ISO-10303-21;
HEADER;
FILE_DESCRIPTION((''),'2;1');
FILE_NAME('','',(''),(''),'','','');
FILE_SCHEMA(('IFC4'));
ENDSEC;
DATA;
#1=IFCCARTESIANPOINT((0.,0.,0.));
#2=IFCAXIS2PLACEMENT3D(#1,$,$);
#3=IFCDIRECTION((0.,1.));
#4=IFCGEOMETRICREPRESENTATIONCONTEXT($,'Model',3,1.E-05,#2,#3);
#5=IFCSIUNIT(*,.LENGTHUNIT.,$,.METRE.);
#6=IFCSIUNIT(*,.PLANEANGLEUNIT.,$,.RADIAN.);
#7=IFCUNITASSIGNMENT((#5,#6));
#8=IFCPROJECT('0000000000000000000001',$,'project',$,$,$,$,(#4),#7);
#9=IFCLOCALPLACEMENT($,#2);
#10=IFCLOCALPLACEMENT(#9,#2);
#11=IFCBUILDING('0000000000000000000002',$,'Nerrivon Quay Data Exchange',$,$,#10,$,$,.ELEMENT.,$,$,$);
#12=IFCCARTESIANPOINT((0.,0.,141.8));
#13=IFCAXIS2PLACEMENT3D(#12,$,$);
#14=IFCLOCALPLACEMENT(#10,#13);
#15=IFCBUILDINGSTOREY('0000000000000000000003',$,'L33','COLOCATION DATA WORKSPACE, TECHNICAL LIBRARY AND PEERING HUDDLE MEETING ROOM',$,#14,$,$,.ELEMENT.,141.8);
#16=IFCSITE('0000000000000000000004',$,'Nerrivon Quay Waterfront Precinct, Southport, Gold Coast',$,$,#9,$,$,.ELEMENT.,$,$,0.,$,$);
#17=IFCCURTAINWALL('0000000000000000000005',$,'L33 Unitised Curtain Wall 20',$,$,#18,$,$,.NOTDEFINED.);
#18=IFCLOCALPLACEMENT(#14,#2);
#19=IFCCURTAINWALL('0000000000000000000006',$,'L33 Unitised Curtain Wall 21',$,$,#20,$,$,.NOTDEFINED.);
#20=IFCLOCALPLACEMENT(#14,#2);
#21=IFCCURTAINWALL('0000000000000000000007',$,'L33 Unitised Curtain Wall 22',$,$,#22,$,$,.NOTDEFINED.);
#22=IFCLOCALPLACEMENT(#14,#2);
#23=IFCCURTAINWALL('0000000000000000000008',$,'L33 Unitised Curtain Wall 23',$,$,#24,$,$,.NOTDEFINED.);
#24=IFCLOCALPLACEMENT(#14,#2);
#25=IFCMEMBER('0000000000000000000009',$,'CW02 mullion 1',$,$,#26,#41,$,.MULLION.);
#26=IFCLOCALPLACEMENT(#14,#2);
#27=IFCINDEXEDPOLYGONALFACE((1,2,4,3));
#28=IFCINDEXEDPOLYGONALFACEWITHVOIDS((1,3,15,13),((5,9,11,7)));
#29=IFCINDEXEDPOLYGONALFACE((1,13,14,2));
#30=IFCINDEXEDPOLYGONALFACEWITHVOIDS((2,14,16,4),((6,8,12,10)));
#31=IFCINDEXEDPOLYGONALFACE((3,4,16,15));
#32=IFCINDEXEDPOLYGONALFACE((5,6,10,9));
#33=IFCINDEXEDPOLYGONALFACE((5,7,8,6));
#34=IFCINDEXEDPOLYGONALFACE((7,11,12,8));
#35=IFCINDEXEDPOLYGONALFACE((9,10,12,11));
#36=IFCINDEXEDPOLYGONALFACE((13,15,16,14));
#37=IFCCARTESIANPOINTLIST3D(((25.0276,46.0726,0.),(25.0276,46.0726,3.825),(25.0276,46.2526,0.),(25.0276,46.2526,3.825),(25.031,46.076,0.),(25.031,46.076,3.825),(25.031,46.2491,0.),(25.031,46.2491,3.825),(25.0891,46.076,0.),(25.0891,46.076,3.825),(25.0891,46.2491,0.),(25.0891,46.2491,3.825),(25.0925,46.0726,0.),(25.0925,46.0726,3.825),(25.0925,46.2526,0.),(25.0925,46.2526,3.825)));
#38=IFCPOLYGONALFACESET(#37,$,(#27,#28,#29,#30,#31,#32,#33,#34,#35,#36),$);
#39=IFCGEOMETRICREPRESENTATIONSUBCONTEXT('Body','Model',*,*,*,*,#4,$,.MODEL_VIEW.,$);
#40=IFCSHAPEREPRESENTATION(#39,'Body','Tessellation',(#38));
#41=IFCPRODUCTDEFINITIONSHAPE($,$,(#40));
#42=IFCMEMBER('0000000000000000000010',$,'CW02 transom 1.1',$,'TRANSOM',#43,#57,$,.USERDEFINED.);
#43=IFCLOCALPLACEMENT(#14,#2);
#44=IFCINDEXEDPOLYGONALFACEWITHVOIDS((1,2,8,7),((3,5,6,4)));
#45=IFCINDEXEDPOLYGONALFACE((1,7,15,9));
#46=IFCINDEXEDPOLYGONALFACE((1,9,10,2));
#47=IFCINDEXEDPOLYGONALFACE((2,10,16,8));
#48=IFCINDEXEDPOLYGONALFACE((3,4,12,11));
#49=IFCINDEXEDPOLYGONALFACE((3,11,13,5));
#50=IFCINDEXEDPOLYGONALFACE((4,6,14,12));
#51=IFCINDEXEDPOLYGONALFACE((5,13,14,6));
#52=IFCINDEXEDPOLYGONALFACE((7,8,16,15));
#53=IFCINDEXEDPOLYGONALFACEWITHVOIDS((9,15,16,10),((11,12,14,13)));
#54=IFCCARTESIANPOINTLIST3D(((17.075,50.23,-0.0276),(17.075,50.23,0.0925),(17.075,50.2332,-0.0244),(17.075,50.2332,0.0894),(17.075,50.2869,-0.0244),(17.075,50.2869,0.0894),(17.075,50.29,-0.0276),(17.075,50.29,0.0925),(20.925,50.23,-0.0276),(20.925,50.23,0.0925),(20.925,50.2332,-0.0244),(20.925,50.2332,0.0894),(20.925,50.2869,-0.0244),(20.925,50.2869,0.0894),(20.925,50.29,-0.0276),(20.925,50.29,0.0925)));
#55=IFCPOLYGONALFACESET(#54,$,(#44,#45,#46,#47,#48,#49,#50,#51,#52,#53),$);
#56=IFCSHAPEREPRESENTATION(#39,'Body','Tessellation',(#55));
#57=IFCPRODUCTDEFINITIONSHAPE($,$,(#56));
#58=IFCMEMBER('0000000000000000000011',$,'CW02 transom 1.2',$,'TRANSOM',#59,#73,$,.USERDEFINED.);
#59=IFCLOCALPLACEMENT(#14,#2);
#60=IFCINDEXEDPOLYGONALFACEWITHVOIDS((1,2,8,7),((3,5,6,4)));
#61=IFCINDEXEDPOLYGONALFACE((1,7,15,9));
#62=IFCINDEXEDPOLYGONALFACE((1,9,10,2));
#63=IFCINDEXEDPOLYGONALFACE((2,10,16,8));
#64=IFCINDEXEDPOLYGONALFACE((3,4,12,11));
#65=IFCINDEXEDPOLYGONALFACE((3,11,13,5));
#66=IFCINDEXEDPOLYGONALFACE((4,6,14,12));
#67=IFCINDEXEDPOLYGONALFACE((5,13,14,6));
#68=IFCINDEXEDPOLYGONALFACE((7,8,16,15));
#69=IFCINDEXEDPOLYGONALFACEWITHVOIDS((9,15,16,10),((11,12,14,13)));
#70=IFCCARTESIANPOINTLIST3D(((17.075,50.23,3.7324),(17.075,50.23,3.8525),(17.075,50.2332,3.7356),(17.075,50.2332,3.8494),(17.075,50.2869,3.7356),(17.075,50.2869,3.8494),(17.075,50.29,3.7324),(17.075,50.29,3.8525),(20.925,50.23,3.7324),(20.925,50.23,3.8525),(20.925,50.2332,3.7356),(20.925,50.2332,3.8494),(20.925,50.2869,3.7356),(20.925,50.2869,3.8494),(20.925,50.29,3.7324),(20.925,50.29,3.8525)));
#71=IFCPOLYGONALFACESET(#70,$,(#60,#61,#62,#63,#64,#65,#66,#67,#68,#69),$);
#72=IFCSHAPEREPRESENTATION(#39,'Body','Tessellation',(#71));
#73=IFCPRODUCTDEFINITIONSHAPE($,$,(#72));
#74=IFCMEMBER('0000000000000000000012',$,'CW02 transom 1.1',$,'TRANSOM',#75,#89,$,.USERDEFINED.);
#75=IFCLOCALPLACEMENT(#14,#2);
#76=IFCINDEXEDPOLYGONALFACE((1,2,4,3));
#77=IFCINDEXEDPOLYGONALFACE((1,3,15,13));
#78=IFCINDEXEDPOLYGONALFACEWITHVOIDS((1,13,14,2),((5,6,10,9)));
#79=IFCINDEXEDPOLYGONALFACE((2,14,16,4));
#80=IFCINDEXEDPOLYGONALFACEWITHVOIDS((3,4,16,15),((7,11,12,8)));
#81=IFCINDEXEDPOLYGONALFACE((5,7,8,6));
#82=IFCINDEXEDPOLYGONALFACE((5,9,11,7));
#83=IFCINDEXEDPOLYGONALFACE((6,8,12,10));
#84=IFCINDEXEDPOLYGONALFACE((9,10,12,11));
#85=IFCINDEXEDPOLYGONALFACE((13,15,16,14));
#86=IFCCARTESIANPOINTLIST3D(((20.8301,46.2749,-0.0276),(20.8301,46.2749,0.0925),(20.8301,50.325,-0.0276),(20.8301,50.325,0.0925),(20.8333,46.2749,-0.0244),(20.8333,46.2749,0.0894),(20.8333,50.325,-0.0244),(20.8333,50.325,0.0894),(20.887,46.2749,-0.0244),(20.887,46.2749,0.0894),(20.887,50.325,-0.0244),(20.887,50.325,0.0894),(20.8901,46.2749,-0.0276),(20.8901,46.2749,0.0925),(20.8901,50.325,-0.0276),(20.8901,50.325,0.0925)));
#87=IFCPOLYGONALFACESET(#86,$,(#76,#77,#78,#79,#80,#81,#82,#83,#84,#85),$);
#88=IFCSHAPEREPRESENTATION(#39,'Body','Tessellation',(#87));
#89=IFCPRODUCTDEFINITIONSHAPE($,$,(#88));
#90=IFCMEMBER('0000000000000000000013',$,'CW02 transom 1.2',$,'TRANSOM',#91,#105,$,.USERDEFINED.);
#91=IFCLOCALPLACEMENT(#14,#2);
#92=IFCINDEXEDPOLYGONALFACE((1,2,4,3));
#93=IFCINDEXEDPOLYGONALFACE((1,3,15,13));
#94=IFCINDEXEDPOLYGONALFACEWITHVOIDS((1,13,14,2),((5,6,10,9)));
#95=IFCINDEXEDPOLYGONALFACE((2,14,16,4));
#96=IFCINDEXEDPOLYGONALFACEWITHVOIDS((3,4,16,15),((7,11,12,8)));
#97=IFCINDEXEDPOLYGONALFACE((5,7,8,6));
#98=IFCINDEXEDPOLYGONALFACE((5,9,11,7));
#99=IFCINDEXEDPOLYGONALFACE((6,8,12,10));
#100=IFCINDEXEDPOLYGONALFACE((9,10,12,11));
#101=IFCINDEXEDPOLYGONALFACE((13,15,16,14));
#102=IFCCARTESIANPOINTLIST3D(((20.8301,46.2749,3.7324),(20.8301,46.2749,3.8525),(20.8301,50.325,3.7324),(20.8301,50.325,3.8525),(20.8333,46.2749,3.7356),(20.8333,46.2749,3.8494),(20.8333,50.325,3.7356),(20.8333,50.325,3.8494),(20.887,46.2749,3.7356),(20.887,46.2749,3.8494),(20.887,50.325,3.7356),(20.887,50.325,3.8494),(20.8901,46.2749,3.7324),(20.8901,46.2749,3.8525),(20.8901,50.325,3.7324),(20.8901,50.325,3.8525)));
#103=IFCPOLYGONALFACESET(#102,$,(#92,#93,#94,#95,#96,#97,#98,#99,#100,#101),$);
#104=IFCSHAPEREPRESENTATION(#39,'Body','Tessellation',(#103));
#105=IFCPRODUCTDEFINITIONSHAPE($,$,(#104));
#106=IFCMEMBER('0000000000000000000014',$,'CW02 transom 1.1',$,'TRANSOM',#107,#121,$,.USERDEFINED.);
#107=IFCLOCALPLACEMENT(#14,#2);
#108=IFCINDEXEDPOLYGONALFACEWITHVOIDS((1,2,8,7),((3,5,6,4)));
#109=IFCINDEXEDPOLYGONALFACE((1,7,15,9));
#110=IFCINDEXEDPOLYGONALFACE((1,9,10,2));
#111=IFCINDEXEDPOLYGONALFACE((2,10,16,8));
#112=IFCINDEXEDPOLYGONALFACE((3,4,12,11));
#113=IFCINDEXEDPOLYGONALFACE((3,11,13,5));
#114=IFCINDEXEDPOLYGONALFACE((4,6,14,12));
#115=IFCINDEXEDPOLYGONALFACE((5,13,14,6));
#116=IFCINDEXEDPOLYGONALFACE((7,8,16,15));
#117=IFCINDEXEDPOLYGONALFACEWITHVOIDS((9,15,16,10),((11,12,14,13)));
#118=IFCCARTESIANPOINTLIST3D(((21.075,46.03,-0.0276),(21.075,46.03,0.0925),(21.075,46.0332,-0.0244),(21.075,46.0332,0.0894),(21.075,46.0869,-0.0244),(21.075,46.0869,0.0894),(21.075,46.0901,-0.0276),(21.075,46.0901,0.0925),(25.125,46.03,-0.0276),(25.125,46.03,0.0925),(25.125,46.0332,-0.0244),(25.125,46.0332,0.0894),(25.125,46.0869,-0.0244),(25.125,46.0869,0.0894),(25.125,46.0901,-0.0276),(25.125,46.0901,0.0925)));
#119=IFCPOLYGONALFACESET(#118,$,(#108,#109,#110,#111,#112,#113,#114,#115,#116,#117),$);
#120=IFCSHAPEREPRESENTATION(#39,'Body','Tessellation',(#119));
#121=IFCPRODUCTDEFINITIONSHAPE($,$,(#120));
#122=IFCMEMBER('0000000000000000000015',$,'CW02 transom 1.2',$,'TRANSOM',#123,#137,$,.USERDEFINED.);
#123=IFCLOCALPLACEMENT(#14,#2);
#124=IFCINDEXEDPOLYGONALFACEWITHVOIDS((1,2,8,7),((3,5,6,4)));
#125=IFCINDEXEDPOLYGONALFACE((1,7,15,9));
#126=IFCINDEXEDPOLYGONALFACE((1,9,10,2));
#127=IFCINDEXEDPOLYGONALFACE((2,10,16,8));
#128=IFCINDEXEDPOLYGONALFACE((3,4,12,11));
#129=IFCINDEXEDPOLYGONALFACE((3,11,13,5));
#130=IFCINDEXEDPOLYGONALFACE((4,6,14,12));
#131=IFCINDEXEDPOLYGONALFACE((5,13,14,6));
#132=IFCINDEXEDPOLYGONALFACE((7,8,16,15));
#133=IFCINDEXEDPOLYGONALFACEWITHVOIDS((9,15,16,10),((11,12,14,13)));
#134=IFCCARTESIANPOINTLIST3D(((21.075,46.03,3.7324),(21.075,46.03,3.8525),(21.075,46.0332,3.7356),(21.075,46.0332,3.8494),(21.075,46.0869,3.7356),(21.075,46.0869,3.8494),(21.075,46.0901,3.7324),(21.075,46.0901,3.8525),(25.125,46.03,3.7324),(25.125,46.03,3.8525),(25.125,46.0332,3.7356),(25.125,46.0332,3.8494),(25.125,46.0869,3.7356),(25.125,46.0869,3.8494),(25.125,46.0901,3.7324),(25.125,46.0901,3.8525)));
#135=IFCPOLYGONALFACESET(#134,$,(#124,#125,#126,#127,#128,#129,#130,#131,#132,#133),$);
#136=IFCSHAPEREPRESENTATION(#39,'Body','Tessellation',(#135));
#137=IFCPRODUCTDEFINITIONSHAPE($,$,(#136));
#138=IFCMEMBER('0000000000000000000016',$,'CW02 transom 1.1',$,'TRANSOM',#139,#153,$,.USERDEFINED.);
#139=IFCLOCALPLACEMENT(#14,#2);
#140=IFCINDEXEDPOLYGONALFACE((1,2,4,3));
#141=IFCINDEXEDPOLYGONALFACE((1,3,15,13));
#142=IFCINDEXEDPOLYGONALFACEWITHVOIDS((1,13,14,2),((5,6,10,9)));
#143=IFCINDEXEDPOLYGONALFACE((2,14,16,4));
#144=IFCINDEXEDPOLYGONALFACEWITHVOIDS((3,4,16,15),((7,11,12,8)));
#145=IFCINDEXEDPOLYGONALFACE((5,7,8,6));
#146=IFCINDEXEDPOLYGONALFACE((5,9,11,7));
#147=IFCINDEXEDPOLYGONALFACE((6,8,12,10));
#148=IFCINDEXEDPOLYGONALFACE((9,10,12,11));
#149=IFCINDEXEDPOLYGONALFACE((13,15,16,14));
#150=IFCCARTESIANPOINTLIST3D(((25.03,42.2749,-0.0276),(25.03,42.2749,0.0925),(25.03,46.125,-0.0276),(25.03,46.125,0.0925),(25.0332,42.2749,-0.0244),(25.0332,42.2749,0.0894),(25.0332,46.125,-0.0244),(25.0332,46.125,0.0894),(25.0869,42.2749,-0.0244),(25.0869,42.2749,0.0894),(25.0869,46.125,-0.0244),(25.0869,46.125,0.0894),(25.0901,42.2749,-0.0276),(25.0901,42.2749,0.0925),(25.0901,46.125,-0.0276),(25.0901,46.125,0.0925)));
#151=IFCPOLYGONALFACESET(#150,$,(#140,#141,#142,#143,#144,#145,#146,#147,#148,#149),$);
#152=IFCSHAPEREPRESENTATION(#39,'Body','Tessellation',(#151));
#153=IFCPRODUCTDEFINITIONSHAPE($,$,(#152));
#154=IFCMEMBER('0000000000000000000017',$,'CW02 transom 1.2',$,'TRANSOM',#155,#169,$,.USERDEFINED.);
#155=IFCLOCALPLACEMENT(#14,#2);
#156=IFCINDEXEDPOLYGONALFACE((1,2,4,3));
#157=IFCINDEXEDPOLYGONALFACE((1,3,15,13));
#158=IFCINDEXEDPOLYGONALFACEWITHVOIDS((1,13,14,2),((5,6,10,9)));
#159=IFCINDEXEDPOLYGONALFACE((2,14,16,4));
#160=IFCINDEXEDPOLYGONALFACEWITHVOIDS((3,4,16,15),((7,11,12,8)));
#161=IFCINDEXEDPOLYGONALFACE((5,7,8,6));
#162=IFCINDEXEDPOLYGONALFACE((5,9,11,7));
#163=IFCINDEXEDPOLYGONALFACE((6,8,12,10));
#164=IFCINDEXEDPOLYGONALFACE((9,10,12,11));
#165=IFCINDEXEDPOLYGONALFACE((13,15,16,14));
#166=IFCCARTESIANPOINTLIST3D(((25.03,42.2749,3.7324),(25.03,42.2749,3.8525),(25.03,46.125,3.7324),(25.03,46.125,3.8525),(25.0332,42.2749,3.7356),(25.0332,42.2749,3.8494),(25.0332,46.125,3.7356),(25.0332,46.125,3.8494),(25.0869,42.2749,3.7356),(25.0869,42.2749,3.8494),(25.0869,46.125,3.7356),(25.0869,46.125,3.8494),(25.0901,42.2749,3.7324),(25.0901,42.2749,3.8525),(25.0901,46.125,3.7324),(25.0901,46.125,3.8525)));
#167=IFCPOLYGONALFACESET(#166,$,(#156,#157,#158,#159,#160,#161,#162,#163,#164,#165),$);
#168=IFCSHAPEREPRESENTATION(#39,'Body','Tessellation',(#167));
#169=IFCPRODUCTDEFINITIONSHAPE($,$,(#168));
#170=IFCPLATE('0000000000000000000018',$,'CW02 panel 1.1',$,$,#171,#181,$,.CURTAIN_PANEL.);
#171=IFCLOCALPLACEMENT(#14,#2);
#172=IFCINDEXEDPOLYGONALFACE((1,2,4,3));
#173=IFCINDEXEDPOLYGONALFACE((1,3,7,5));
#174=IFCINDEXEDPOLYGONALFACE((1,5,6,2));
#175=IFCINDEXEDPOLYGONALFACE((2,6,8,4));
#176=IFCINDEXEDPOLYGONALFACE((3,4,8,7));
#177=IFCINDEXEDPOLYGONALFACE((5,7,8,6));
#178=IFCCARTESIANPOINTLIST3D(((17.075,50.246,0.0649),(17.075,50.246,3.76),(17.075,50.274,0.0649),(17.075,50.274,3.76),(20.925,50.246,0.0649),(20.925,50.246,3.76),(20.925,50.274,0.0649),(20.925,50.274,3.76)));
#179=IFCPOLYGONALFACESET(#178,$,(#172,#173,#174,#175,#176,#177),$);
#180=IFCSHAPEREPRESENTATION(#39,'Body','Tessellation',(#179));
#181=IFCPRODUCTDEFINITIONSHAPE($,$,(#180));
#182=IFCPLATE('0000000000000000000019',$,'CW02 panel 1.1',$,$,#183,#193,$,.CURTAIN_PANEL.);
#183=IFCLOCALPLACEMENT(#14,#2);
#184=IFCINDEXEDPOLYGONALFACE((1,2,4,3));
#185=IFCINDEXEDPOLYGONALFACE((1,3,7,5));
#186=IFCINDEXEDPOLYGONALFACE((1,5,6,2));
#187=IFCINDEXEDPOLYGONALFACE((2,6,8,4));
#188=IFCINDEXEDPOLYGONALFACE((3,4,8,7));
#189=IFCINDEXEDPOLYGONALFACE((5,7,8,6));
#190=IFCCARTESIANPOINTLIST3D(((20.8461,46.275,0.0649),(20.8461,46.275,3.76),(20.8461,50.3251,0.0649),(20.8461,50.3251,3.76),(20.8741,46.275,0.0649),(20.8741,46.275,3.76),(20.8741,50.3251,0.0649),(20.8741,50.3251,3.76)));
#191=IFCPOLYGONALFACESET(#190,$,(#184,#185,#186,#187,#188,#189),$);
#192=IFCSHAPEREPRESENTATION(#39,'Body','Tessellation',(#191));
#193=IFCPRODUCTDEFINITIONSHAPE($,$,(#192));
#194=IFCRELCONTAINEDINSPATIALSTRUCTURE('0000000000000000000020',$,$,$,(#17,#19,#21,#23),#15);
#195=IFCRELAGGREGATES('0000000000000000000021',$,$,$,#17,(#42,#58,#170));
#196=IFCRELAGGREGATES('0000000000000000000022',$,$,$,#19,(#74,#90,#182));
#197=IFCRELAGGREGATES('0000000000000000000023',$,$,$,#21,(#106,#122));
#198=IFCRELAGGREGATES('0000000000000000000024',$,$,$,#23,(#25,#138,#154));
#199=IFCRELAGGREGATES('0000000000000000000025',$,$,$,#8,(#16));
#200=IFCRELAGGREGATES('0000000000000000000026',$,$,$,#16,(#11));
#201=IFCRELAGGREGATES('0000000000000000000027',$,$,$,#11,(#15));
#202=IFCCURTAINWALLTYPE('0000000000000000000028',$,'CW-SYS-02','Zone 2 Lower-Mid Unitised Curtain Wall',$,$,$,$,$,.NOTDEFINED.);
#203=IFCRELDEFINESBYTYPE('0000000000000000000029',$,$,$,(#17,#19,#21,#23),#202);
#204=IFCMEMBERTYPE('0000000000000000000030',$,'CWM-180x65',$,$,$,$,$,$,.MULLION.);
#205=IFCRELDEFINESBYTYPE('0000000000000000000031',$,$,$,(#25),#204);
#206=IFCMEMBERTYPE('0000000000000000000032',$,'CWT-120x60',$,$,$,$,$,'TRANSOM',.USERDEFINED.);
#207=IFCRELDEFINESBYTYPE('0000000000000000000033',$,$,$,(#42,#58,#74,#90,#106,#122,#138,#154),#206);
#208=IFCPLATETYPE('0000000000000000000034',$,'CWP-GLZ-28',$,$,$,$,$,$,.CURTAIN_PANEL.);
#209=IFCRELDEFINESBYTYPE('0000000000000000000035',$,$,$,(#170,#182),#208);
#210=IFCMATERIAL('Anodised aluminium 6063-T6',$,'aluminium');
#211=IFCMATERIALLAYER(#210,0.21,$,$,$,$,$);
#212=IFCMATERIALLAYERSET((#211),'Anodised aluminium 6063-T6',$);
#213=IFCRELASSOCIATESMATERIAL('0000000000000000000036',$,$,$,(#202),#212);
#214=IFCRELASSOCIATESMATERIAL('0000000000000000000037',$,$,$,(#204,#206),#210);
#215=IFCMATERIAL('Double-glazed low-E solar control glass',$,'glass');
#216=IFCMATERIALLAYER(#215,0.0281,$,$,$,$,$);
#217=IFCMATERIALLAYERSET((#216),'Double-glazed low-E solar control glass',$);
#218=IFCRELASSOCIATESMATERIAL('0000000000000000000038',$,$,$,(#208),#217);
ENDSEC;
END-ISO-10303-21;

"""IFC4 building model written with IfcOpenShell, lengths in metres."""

from ifc_helpers import new_model, si_unit, direction, frame, origin, origin_2d, place, context, subcontext, project, spatial, rectangle, hollow_rectangle, extrude, material, layer, layer_set, material_profile, profile_set, type_object, element, aggregate, save


model = new_model("IFC4")

# Units and contexts
model_context = context("Model", 3, precision=1e-05, world=origin(), true_north=direction((0.0, 1.0)))
body_context = subcontext(model_context, "Body", "Model", "MODEL_VIEW")
ifc_project = project(units=[si_unit("LENGTHUNIT", "METRE"), si_unit("PLANEANGLEUNIT", "RADIAN")], contexts=[model_context])

# Site, building, storey
site_placement = place(None, origin())
site = spatial("IfcSite", under=ifc_project, at=site_placement, Name="Nerrivon Quay Waterfront Precinct, Southport, Gold Coast", CompositionType="ELEMENT", RefElevation=0.0)
building_placement = place(site_placement, origin())
building = spatial("IfcBuilding", under=site, at=building_placement, Name="Nerrivon Quay Data Exchange", CompositionType="ELEMENT")
storey_placement = place(building_placement, frame((0.0, 0.0, 141.8)))
storey = spatial("IfcBuildingStorey", under=building, at=storey_placement, Name="L33", Description="COLOCATION DATA WORKSPACE, TECHNICAL LIBRARY AND PEERING HUDDLE MEETING ROOM", CompositionType="ELEMENT", Elevation=141.8)

# Shared definitions
ifc_material_1 = material(Name="Anodised aluminium 6063-T6", Category="aluminium")
ifc_layer_1 = layer(ifc_material_1, 0.21)
ifc_layer_set_1 = layer_set([ifc_layer_1], Name="Anodised aluminium 6063-T6")
curtain_wall_type = type_object("IfcCurtainWallType", Name="CW-SYS-02", Description="Zone 2 Lower-Mid Unitised Curtain Wall", PredefinedType="NOTDEFINED", material=ifc_layer_set_1)
ifc_material_profile_1 = material_profile(ifc_material_1, hollow_rectangle(XDim=0.0649, YDim=0.1799, WallThickness=0.0034, at=origin_2d()), Name="ALU-MULL-180x65")
ifc_profile_set_1 = profile_set([ifc_material_profile_1], Name="Anodised aluminium 6063-T6")
member_type_1 = type_object("IfcMemberType", Name="CWM-180x65", PredefinedType="MULLION", material=ifc_profile_set_1)

# Curtain walls
curtain_wall_1_placement = place(storey_placement, origin())
curtain_wall_1 = element("IfcCurtainWall", 1, at=curtain_wall_1_placement, inside=storey, type_object=curtain_wall_type, Name="L33 Unitised Curtain Wall 20", PredefinedType="NOTDEFINED")
curtain_wall_2_placement = place(storey_placement, origin())
curtain_wall_2 = element("IfcCurtainWall", 2, at=curtain_wall_2_placement, inside=storey, type_object=curtain_wall_type, Name="L33 Unitised Curtain Wall 21", PredefinedType="NOTDEFINED")
curtain_wall_3_placement = place(storey_placement, origin())
curtain_wall_3 = element("IfcCurtainWall", 3, at=curtain_wall_3_placement, inside=storey, type_object=curtain_wall_type, Name="L33 Unitised Curtain Wall 22", PredefinedType="NOTDEFINED")

# Curtain wall, member
curtain_wall_4_placement = place(storey_placement, origin())
curtain_wall_4 = element("IfcCurtainWall", 4, at=curtain_wall_4_placement, inside=storey, type_object=curtain_wall_type, Name="L33 Unitised Curtain Wall 23", PredefinedType="NOTDEFINED")
member_1_placement = place(storey_placement, frame((25.0601, 46.1626, 0.0), z_axis=(0.0, 0.0, 1.0), x_axis=(1.0, 0.0, 0.0)))
member_1 = element("IfcMember", 5, at=member_1_placement, type_object=member_type_1, Name="CW02 mullion 1", PredefinedType="MULLION", context=body_context, shape_type="SweptSolid", body=[
    extrude(hollow_rectangle(XDim=0.0649, YDim=0.1799, WallThickness=0.0034, at=origin_2d()), origin(), (0.0, 0.0, 1.0), 3.825),
])

# Members
ifc_material_profile_2 = material_profile(ifc_material_1, hollow_rectangle(XDim=0.0601, YDim=0.1201, WallThickness=0.0032, at=origin_2d()), Name="ALU-TRAN-120x60")
ifc_profile_set_2 = profile_set([ifc_material_profile_2], Name="Anodised aluminium 6063-T6")
member_type_2 = type_object("IfcMemberType", Name="CWT-120x60", ElementType="TRANSOM", PredefinedType="USERDEFINED", material=ifc_profile_set_2)
member_2_placement = place(storey_placement, frame((17.075, 50.26, 0.0325), z_axis=(1.0, 0.0, 0.0), x_axis=(0.0, 1.0, 0.0)))
member_2 = element("IfcMember", 6, at=member_2_placement, type_object=member_type_2, Name="CW02 transom 1.1", ObjectType="TRANSOM", PredefinedType="USERDEFINED", context=body_context, shape_type="SweptSolid", body=[
    extrude(hollow_rectangle(XDim=0.0601, YDim=0.1201, WallThickness=0.0032, at=origin_2d()), origin(), (0.0, 0.0, 1.0), 3.8501),
])
member_3_placement = place(storey_placement, frame((17.075, 50.26, 3.7925), z_axis=(1.0, 0.0, 0.0), x_axis=(0.0, 1.0, 0.0)))
member_3 = element("IfcMember", 7, at=member_3_placement, type_object=member_type_2, Name="CW02 transom 1.2", ObjectType="TRANSOM", PredefinedType="USERDEFINED", context=body_context, shape_type="SweptSolid", body=[
    extrude(hollow_rectangle(XDim=0.0601, YDim=0.1201, WallThickness=0.0032, at=origin_2d()), origin(), (0.0, 0.0, 1.0), 3.8501),
])
member_4_placement = place(storey_placement, frame((20.8601, 50.325, 0.0325), z_axis=(0.0, -1.0, 0.0), x_axis=(1.0, 0.0, 0.0)))
member_4 = element("IfcMember", 8, at=member_4_placement, type_object=member_type_2, Name="CW02 transom 1.1", ObjectType="TRANSOM", PredefinedType="USERDEFINED", context=body_context, shape_type="SweptSolid", body=[
    extrude(hollow_rectangle(XDim=0.0601, YDim=0.1201, WallThickness=0.0032, at=origin_2d()), origin(), (0.0, 0.0, 1.0), 4.05),
])
member_5_placement = place(storey_placement, frame((20.8601, 50.325, 3.7925), z_axis=(0.0, -1.0, 0.0), x_axis=(1.0, 0.0, 0.0)))
member_5 = element("IfcMember", 9, at=member_5_placement, type_object=member_type_2, Name="CW02 transom 1.2", ObjectType="TRANSOM", PredefinedType="USERDEFINED", context=body_context, shape_type="SweptSolid", body=[
    extrude(hollow_rectangle(XDim=0.0601, YDim=0.1201, WallThickness=0.0032, at=origin_2d()), origin(), (0.0, 0.0, 1.0), 4.05),
])
member_6_placement = place(storey_placement, frame((21.075, 46.0601, 0.0325), z_axis=(1.0, 0.0, 0.0), x_axis=(0.0, 1.0, 0.0)))
member_6 = element("IfcMember", 10, at=member_6_placement, type_object=member_type_2, Name="CW02 transom 1.1", ObjectType="TRANSOM", PredefinedType="USERDEFINED", context=body_context, shape_type="SweptSolid", body=[
    extrude(hollow_rectangle(XDim=0.0601, YDim=0.1201, WallThickness=0.0032, at=origin_2d()), origin(), (0.0, 0.0, 1.0), 4.05),
])
member_7_placement = place(storey_placement, frame((21.075, 46.0601, 3.7925), z_axis=(1.0, 0.0, 0.0), x_axis=(0.0, 1.0, 0.0)))
member_7 = element("IfcMember", 11, at=member_7_placement, type_object=member_type_2, Name="CW02 transom 1.2", ObjectType="TRANSOM", PredefinedType="USERDEFINED", context=body_context, shape_type="SweptSolid", body=[
    extrude(hollow_rectangle(XDim=0.0601, YDim=0.1201, WallThickness=0.0032, at=origin_2d()), origin(), (0.0, 0.0, 1.0), 4.05),
])
member_8_placement = place(storey_placement, frame((25.0601, 46.125, 0.0325), z_axis=(0.0, -1.0, 0.0), x_axis=(1.0, 0.0, 0.0)))
member_8 = element("IfcMember", 12, at=member_8_placement, type_object=member_type_2, Name="CW02 transom 1.1", ObjectType="TRANSOM", PredefinedType="USERDEFINED", context=body_context, shape_type="SweptSolid", body=[
    extrude(hollow_rectangle(XDim=0.0601, YDim=0.1201, WallThickness=0.0032, at=origin_2d()), origin(), (0.0, 0.0, 1.0), 3.8501),
])
member_9_placement = place(storey_placement, frame((25.0601, 46.125, 3.7925), z_axis=(0.0, -1.0, 0.0), x_axis=(1.0, 0.0, 0.0)))
member_9 = element("IfcMember", 13, at=member_9_placement, type_object=member_type_2, Name="CW02 transom 1.2", ObjectType="TRANSOM", PredefinedType="USERDEFINED", context=body_context, shape_type="SweptSolid", body=[
    extrude(hollow_rectangle(XDim=0.0601, YDim=0.1201, WallThickness=0.0032, at=origin_2d()), origin(), (0.0, 0.0, 1.0), 3.8501),
])

# Plates
ifc_material_2 = material(Name="Double-glazed low-E solar control glass", Category="glass")
ifc_layer_2 = layer(ifc_material_2, 0.0281)
ifc_layer_set_2 = layer_set([ifc_layer_2], Name="Double-glazed low-E solar control glass")
plate_type = type_object("IfcPlateType", Name="CWP-GLZ-28", PredefinedType="CURTAIN_PANEL", material=ifc_layer_set_2)
plate_1_placement = place(storey_placement, frame((19.0, 50.26, 0.0649), z_axis=(0.0, 0.0, 1.0), x_axis=(1.0, 0.0, 0.0)))
plate_1 = element("IfcPlate", 14, at=plate_1_placement, type_object=plate_type, Name="CW02 panel 1.1", PredefinedType="CURTAIN_PANEL", context=body_context, shape_type="SweptSolid", body=[
    extrude(rectangle(XDim=3.8501, YDim=0.0281, at=origin_2d()), origin(), (0.0, 0.0, 1.0), 3.6951),
])
aggregate(curtain_wall_1, [member_2, member_3, plate_1])
plate_2_placement = place(storey_placement, frame((20.8601, 48.3, 0.0649), z_axis=(0.0, 0.0, 1.0), x_axis=(0.0, -1.0, 0.0)))
plate_2 = element("IfcPlate", 15, at=plate_2_placement, type_object=plate_type, Name="CW02 panel 1.1", PredefinedType="CURTAIN_PANEL", context=body_context, shape_type="SweptSolid", body=[
    extrude(rectangle(XDim=4.05, YDim=0.0281, at=origin_2d()), origin(), (0.0, 0.0, 1.0), 3.6951),
])
aggregate(curtain_wall_2, [member_4, member_5, plate_2])
aggregate(curtain_wall_3, [member_6, member_7])
aggregate(curtain_wall_4, [member_1, member_8, member_9])

save(model, "model.ifc")
